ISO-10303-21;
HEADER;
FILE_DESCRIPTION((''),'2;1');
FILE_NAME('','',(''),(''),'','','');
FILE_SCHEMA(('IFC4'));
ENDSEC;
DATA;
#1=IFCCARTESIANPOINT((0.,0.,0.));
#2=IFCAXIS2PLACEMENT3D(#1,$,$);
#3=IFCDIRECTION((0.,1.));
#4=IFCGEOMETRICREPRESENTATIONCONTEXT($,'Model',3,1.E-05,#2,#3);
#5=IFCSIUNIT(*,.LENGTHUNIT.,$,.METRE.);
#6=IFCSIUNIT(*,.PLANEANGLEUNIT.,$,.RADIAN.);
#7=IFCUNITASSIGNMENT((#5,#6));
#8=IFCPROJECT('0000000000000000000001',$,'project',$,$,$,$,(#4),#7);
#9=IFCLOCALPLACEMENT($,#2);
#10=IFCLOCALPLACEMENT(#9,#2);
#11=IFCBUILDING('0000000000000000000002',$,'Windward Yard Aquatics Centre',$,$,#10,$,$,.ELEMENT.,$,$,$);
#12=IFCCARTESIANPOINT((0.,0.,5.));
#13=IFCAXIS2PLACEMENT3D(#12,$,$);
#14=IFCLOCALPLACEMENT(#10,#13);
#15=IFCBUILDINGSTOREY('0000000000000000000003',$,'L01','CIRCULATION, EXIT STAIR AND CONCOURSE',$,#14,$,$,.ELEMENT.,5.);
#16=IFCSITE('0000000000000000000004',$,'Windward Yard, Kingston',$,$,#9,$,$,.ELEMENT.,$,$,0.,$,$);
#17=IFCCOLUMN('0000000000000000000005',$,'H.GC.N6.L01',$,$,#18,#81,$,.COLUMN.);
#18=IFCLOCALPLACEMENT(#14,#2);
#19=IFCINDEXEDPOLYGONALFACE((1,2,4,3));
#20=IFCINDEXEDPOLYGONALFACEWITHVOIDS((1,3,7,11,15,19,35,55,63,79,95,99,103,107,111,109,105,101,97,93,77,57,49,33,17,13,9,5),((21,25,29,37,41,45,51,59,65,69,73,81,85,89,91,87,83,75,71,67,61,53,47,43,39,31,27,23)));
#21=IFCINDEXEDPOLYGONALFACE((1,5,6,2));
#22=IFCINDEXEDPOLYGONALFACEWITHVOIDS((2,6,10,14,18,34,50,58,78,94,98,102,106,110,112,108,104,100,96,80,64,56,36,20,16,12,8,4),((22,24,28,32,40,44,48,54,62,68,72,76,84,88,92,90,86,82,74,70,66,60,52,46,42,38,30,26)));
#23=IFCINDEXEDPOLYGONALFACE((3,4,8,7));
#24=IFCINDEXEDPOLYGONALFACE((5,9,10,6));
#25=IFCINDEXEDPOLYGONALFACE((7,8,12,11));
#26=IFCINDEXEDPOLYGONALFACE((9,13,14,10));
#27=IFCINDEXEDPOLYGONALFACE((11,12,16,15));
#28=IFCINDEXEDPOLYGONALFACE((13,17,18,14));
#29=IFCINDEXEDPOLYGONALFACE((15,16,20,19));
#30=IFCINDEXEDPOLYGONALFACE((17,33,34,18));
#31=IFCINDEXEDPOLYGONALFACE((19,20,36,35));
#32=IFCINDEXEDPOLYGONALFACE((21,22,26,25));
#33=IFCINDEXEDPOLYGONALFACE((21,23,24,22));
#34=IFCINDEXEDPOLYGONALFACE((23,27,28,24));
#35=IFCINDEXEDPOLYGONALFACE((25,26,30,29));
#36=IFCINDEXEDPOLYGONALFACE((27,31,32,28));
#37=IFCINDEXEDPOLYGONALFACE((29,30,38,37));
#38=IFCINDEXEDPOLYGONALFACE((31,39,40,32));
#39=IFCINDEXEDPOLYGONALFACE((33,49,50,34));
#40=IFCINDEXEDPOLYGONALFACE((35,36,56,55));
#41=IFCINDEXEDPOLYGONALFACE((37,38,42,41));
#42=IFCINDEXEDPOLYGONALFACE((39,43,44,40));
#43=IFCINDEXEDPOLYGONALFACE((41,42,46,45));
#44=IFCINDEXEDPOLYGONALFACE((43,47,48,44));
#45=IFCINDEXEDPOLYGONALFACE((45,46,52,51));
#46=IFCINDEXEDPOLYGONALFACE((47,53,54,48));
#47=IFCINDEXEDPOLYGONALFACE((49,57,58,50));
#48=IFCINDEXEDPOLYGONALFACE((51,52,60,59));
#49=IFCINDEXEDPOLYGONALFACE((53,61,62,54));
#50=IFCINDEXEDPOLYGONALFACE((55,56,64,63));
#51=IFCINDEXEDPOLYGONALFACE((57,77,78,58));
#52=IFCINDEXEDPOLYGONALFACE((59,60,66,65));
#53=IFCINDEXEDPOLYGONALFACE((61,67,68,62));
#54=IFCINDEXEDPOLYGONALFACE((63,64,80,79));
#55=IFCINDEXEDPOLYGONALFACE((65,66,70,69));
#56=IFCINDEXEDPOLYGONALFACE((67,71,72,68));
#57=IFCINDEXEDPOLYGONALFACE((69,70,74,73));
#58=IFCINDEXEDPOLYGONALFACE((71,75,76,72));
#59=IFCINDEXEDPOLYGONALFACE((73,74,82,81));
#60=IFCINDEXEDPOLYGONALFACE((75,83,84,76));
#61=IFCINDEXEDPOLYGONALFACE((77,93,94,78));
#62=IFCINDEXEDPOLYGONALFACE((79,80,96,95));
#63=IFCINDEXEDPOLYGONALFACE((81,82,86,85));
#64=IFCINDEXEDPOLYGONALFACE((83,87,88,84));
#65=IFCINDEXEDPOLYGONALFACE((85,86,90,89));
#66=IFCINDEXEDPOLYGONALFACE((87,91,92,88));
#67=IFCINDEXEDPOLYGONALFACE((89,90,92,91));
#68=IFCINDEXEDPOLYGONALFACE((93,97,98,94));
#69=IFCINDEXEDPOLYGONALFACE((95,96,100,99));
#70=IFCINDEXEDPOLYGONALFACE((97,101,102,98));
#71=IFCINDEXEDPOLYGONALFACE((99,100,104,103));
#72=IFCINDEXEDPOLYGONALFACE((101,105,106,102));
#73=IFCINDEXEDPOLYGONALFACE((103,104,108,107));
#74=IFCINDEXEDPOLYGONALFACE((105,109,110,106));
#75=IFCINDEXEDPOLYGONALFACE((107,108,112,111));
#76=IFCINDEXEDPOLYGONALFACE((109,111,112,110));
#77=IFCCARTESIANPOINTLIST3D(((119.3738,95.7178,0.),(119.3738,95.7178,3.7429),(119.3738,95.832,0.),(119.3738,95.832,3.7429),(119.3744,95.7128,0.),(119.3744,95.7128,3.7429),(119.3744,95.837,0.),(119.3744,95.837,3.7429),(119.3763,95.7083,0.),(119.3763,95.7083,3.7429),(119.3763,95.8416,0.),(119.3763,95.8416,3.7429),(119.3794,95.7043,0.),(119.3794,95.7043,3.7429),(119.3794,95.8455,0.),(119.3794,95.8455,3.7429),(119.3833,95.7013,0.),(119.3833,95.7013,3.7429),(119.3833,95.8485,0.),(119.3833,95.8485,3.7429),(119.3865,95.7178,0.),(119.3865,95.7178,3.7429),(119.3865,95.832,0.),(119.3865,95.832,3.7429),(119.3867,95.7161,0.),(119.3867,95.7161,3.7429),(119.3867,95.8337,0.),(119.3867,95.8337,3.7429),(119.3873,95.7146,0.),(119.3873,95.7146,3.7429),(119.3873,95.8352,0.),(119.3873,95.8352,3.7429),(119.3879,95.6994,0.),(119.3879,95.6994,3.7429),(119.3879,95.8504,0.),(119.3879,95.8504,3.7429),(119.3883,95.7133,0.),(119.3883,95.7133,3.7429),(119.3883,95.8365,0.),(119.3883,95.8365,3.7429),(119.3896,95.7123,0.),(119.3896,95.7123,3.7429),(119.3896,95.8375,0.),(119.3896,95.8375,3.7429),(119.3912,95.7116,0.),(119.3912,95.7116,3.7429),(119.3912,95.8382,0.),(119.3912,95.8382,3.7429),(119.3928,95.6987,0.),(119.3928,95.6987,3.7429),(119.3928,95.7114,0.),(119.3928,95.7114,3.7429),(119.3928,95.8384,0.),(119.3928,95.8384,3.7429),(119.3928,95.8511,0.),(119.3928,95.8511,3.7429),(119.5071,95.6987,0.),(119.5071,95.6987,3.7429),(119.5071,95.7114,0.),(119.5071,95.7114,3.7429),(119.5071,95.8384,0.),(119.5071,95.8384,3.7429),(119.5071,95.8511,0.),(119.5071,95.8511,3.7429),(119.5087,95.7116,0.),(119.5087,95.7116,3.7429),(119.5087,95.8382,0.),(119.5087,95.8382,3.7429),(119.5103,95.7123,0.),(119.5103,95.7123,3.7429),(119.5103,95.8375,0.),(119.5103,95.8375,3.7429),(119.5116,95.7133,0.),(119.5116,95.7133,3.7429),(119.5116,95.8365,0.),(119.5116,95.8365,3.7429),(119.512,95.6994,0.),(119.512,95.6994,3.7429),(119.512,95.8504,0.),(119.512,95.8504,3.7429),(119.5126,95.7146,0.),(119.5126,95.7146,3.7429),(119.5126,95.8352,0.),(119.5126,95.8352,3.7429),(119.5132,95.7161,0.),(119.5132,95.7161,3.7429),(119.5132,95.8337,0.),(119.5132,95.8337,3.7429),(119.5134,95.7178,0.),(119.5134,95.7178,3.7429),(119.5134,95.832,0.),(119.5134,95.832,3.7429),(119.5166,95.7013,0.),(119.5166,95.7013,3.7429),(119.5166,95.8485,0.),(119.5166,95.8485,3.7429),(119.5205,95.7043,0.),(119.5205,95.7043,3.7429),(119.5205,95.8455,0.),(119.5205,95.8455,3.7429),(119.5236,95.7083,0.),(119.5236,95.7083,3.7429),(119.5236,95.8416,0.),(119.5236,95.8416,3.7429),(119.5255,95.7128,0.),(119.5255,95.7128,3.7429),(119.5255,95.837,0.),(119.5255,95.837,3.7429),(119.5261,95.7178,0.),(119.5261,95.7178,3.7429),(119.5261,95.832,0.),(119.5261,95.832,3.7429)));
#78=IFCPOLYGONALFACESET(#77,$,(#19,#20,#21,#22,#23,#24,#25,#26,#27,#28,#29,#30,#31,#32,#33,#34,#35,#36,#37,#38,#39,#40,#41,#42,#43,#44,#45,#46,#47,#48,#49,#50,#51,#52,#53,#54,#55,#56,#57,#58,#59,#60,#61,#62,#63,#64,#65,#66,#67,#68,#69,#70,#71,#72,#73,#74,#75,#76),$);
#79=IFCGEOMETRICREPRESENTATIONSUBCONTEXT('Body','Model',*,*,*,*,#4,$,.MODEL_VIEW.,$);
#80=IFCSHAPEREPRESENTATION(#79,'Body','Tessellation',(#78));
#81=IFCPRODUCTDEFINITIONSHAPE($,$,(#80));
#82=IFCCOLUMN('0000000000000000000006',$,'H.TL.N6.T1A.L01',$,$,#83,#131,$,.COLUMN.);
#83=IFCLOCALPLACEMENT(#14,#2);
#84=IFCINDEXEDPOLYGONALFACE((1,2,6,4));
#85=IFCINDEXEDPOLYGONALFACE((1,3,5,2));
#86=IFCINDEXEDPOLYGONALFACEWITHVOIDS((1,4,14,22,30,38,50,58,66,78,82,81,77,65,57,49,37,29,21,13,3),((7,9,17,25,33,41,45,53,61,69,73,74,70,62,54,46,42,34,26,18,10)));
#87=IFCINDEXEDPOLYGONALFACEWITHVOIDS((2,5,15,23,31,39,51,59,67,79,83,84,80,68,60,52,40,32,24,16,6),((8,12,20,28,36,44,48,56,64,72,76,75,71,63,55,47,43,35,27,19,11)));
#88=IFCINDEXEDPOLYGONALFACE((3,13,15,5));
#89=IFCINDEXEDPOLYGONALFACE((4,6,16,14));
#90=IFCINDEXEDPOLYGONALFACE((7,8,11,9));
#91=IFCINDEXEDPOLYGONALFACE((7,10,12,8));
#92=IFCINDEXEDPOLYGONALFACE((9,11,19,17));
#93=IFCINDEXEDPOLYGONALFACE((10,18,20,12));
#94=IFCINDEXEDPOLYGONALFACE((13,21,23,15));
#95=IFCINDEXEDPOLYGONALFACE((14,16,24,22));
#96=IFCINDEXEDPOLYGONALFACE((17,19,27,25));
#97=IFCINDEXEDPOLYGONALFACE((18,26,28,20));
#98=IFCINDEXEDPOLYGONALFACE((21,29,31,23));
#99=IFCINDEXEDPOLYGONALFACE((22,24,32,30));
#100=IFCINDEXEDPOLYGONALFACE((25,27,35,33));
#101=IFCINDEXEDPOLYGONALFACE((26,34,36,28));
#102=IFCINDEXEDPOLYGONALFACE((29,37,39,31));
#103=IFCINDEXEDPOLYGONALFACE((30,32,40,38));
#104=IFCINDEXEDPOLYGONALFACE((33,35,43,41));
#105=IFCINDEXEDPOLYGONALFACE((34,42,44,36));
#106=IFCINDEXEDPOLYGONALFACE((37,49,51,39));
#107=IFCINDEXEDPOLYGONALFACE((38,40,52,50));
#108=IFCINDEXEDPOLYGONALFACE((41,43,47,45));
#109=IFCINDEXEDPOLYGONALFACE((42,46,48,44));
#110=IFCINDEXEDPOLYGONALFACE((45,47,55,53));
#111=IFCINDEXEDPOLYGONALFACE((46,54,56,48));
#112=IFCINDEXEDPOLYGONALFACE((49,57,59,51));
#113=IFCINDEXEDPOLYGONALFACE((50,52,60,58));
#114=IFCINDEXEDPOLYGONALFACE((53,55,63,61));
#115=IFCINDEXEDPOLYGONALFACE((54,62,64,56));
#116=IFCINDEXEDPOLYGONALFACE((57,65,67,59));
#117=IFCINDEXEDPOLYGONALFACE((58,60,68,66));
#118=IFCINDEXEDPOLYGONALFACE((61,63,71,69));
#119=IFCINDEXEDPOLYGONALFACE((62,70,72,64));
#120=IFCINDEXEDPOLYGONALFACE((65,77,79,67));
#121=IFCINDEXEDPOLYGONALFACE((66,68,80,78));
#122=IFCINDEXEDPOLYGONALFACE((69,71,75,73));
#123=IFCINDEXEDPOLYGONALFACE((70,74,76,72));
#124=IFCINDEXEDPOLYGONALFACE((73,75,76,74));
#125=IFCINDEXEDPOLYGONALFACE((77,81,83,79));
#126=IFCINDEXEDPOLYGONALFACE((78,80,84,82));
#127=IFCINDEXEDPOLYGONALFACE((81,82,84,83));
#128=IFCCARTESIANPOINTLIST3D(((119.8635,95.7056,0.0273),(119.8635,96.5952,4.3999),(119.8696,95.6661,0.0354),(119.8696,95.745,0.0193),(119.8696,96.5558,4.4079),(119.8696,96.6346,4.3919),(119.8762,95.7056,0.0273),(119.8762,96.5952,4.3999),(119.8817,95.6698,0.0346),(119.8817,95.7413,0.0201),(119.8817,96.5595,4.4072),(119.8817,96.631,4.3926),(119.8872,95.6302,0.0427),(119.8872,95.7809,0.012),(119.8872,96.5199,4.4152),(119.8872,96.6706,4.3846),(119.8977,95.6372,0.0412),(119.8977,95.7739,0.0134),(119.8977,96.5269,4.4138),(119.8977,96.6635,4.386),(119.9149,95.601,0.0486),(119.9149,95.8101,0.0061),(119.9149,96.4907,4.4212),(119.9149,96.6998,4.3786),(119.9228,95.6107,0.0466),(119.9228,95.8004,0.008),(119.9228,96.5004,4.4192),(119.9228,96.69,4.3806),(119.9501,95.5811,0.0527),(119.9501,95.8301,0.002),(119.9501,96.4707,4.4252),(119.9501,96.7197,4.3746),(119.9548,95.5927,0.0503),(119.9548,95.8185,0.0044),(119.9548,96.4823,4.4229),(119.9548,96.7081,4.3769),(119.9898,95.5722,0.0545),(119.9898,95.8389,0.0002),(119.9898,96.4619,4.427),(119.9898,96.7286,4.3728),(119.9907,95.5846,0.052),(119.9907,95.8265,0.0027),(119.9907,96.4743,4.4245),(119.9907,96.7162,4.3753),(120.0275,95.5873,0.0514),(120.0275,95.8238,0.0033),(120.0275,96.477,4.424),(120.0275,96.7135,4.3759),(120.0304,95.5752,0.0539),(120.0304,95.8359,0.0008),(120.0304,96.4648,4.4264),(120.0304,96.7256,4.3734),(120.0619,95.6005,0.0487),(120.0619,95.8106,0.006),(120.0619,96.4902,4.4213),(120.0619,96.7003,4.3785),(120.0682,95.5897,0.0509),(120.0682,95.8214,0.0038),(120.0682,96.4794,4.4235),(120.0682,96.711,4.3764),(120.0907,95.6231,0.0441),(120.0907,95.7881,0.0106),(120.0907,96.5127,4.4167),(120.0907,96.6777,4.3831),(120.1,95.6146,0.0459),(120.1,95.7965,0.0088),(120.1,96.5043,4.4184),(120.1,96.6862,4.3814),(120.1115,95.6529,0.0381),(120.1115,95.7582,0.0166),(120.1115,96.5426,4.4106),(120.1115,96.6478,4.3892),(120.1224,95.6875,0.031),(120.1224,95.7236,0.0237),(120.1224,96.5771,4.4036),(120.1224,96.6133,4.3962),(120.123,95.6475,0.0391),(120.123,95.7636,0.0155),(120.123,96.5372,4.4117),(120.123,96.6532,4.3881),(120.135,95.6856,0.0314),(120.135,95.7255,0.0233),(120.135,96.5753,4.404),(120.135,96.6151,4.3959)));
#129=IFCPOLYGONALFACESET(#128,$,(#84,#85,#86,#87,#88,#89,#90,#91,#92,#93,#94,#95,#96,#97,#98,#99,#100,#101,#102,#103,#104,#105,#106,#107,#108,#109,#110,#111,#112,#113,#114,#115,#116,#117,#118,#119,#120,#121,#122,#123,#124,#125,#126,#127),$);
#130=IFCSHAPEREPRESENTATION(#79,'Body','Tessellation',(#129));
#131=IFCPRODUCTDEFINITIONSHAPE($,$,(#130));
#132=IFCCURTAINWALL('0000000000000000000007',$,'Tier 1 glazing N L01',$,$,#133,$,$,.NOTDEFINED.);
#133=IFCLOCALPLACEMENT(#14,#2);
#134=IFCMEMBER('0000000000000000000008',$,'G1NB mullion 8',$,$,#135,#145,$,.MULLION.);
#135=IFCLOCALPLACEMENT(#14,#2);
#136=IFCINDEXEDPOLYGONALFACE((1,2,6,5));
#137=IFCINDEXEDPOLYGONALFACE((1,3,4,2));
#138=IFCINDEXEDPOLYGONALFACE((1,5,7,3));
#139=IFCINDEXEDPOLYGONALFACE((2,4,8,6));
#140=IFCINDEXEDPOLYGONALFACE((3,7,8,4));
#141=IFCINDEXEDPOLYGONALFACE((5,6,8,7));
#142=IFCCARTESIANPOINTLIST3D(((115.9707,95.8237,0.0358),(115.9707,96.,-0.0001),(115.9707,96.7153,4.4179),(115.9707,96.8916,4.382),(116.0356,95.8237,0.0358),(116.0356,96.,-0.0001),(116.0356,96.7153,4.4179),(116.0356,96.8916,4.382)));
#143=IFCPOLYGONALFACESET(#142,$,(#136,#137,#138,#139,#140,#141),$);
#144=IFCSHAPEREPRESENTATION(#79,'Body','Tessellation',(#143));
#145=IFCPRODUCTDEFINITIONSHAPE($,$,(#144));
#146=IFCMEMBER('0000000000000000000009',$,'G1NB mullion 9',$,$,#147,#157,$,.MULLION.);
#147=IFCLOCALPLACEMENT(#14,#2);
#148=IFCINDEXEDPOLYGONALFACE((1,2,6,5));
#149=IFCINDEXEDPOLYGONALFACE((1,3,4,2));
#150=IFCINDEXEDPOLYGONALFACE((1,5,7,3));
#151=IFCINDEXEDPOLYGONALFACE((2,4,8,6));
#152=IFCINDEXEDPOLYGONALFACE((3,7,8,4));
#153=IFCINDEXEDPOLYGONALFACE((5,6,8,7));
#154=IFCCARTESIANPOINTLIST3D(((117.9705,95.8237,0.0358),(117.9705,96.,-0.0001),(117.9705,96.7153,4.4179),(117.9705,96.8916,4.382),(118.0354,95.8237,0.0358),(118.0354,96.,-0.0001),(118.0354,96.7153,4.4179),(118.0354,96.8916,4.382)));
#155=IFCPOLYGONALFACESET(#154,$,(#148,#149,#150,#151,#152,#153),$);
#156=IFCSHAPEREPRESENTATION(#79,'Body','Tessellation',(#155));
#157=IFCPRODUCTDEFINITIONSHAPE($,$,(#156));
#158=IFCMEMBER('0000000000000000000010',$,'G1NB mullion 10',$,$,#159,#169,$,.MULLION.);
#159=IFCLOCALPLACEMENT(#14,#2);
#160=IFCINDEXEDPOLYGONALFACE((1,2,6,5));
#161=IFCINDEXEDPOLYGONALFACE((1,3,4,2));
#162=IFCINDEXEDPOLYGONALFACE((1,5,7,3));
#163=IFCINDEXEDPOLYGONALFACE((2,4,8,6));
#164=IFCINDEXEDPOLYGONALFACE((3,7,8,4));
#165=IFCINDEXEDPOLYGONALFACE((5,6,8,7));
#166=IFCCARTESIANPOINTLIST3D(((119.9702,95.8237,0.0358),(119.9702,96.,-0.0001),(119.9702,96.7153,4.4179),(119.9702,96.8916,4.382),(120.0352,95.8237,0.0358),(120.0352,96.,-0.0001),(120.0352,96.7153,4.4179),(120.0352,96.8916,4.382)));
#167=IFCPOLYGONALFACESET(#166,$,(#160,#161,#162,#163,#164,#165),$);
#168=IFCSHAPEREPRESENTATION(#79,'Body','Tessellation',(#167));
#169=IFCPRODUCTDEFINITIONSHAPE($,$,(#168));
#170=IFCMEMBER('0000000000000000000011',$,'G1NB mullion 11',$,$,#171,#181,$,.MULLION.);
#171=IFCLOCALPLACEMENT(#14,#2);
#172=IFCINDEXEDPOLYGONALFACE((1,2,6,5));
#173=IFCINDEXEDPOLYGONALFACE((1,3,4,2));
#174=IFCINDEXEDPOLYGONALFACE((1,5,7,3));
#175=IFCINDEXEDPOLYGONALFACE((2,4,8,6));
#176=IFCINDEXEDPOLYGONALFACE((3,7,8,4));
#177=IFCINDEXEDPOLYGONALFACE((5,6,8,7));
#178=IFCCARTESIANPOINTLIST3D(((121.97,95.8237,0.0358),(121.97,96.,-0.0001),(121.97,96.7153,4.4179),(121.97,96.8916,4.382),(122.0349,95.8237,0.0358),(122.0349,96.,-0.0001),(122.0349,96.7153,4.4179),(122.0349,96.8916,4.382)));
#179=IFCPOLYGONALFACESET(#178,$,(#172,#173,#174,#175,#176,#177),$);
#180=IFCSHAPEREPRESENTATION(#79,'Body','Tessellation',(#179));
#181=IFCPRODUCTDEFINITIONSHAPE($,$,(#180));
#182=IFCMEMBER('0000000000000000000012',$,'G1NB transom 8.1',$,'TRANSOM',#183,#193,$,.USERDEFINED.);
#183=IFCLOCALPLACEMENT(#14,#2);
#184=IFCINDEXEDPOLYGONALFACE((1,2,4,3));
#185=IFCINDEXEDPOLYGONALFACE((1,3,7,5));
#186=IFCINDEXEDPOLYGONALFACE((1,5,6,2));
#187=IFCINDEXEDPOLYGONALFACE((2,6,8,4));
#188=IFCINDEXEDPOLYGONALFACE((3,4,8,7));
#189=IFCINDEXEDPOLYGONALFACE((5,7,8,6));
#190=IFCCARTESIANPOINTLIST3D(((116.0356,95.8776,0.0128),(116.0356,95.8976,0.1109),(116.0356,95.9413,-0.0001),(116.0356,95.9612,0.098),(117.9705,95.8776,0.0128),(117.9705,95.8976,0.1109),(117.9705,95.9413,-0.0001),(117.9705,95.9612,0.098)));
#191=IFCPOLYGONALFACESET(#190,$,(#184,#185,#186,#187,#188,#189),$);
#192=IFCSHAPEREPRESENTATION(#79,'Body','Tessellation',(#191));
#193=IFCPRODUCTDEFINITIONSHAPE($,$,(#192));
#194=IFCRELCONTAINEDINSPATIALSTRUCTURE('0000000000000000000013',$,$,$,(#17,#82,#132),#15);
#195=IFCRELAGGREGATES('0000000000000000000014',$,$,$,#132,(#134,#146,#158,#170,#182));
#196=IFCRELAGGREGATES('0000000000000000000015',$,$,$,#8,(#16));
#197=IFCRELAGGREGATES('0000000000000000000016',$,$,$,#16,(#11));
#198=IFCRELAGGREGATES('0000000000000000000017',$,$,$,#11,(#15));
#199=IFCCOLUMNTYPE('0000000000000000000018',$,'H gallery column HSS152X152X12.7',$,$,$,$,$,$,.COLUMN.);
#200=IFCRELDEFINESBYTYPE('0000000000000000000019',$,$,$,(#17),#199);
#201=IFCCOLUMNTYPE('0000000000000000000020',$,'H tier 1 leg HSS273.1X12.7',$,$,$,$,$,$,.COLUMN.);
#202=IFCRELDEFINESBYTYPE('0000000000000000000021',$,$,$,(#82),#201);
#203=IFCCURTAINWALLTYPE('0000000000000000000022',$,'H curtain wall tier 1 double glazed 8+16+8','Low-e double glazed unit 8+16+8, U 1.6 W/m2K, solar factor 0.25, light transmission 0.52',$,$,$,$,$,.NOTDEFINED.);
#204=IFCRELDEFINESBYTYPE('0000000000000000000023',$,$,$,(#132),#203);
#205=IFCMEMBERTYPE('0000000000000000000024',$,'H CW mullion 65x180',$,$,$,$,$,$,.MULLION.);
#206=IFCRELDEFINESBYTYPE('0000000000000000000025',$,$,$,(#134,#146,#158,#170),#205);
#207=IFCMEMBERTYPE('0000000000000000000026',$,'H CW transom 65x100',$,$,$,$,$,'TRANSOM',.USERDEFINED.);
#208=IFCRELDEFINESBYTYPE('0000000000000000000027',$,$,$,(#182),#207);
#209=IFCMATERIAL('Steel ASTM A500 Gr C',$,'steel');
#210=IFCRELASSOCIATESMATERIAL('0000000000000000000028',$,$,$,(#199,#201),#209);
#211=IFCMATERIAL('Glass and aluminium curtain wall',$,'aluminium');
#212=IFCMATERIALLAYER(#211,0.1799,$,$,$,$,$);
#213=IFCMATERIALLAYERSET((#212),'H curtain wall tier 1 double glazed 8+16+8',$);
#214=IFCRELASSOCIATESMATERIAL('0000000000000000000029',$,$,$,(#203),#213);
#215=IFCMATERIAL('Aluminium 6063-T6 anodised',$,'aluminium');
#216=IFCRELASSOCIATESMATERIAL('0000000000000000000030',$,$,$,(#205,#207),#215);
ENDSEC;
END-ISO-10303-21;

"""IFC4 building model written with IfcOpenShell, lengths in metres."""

from ifc_helpers import new_model, si_unit, direction, frame, origin, origin_2d, place, context, subcontext, project, spatial, rectangle, hollow_rectangle, hollow_circle, extrude, material, layer, layer_set, material_profile, profile_set, type_object, element, aggregate, save


model = new_model("IFC4")

# Units and contexts
model_context = context("Model", 3, precision=1e-05, world=origin(), true_north=direction((0.0, 1.0)))
body_context = subcontext(model_context, "Body", "Model", "MODEL_VIEW")
ifc_project = project(units=[si_unit("LENGTHUNIT", "METRE"), si_unit("PLANEANGLEUNIT", "RADIAN")], contexts=[model_context])

# Site, building, storey
site_placement = place(None, origin())
site = spatial("IfcSite", under=ifc_project, at=site_placement, Name="Windward Yard, Kingston", CompositionType="ELEMENT", RefElevation=0.0)
building_placement = place(site_placement, origin())
building = spatial("IfcBuilding", under=site, at=building_placement, Name="Windward Yard Aquatics Centre", CompositionType="ELEMENT")
storey_placement = place(building_placement, frame((0.0, 0.0, 5.0)))
storey = spatial("IfcBuildingStorey", under=building, at=storey_placement, Name="L01", Description="CIRCULATION, EXIT STAIR AND CONCOURSE", CompositionType="ELEMENT", Elevation=5.0)

# Columns
ifc_material_1 = material(Name="Steel ASTM A500 Gr C", Category="steel")
ifc_material_profile_1 = material_profile(ifc_material_1, hollow_rectangle(XDim=0.1523, YDim=0.1523, WallThickness=0.0127, InnerFilletRadius=0.0063, OuterFilletRadius=0.019, at=origin_2d()), Name="HSS152X152X12.7")
ifc_profile_set_1 = profile_set([ifc_material_profile_1], Name="Steel ASTM A500 Gr C")
column_type_1 = type_object("IfcColumnType", Name="H gallery column HSS152X152X12.7", PredefinedType="COLUMN", material=ifc_profile_set_1)
column_1_placement = place(storey_placement, frame((119.45, 95.7749, 0.0), z_axis=(0.0, 0.0, 1.0), x_axis=(1.0, 0.0, 0.0)))
element("IfcColumn", 1, at=column_1_placement, inside=storey, type_object=column_type_1, Name="H.GC.N6.L01", PredefinedType="COLUMN", context=body_context, shape_type="SweptSolid", body=[
    extrude(hollow_rectangle(XDim=0.1523, YDim=0.1523, WallThickness=0.0127, InnerFilletRadius=0.0063, OuterFilletRadius=0.019, at=origin_2d()), origin(), (0.0, 0.0, 1.0), 3.7429),
])
ifc_material_profile_2 = material_profile(ifc_material_1, hollow_circle(Radius=0.1365, WallThickness=0.0127, at=origin_2d()), Name="HSS273.1X12.7")
ifc_profile_set_2 = profile_set([ifc_material_profile_2], Name="Steel ASTM A500 Gr C")
column_type_2 = type_object("IfcColumnType", Name="H tier 1 leg HSS273.1X12.7", PredefinedType="COLUMN", material=ifc_profile_set_2)
column_2_placement = place(storey_placement, frame((120.0, 95.7056, 0.0273), z_axis=(0.0, 0.199377, 0.979923), x_axis=(-1.0, 0.0, 0.0)))
element("IfcColumn", 2, at=column_2_placement, inside=storey, type_object=column_type_2, Name="H.TL.N6.T1A.L01", PredefinedType="COLUMN", context=body_context, shape_type="SweptSolid", body=[
    extrude(hollow_circle(Radius=0.1365, WallThickness=0.0127, at=origin_2d()), origin(), (0.0, 0.0, 1.0), 4.4622),
])

# Curtain wall, members
ifc_material_2 = material(Name="Glass and aluminium curtain wall", Category="aluminium")
ifc_layer_1 = layer(ifc_material_2, 0.1799)
ifc_layer_set_1 = layer_set([ifc_layer_1], Name="H curtain wall tier 1 double glazed 8+16+8")
curtain_wall_type = type_object("IfcCurtainWallType", Name="H curtain wall tier 1 double glazed 8+16+8", Description="Low-e double glazed unit 8+16+8, U 1.6 W/m2K, solar factor 0.25, light transmission 0.52", PredefinedType="NOTDEFINED", material=ifc_layer_set_1)
curtain_wall_placement = place(storey_placement, origin())
curtain_wall = element("IfcCurtainWall", 3, at=curtain_wall_placement, inside=storey, type_object=curtain_wall_type, Name="Tier 1 glazing N L01", PredefinedType="NOTDEFINED")
ifc_material_3 = material(Name="Aluminium 6063-T6 anodised", Category="aluminium")
ifc_material_profile_3 = material_profile(ifc_material_3, rectangle(XDim=0.0649, YDim=0.1799, at=origin_2d()), Name="H CW mullion 65x180")
ifc_profile_set_3 = profile_set([ifc_material_profile_3], Name="Aluminium 6063-T6 anodised")
member_type_1 = type_object("IfcMemberType", Name="H CW mullion 65x180", PredefinedType="MULLION", material=ifc_profile_set_3)
member_1_placement = place(storey_placement, frame((116.0032, 95.9119, 0.0178), z_axis=(0.0, 0.19938, 0.979922), x_axis=(-1.0, 0.0, 0.0)))
member_1 = element("IfcMember", 4, at=member_1_placement, type_object=member_type_1, Name="G1NB mullion 8", PredefinedType="MULLION", context=body_context, shape_type="SweptSolid", body=[
    extrude(rectangle(XDim=0.0649, YDim=0.1799, at=origin_2d()), origin(), (0.0, 0.0, 1.0), 4.4719),
])
member_2_placement = place(storey_placement, frame((118.0029, 95.9119, 0.0178), z_axis=(0.0, 0.19938, 0.979922), x_axis=(-1.0, 0.0, 0.0)))
member_2 = element("IfcMember", 5, at=member_2_placement, type_object=member_type_1, Name="G1NB mullion 9", PredefinedType="MULLION", context=body_context, shape_type="SweptSolid", body=[
    extrude(rectangle(XDim=0.0649, YDim=0.1799, at=origin_2d()), origin(), (0.0, 0.0, 1.0), 4.4719),
])
member_3_placement = place(storey_placement, frame((120.0027, 95.9119, 0.0178), z_axis=(0.0, 0.19938, 0.979922), x_axis=(-1.0, 0.0, 0.0)))
member_3 = element("IfcMember", 6, at=member_3_placement, type_object=member_type_1, Name="G1NB mullion 10", PredefinedType="MULLION", context=body_context, shape_type="SweptSolid", body=[
    extrude(rectangle(XDim=0.0649, YDim=0.1799, at=origin_2d()), origin(), (0.0, 0.0, 1.0), 4.4719),
])
member_4_placement = place(storey_placement, frame((122.0024, 95.9119, 0.0178), z_axis=(0.0, 0.19938, 0.979922), x_axis=(-1.0, 0.0, 0.0)))
member_4 = element("IfcMember", 7, at=member_4_placement, type_object=member_type_1, Name="G1NB mullion 11", PredefinedType="MULLION", context=body_context, shape_type="SweptSolid", body=[
    extrude(rectangle(XDim=0.0649, YDim=0.1799, at=origin_2d()), origin(), (0.0, 0.0, 1.0), 4.4719),
])
ifc_material_profile_4 = material_profile(ifc_material_3, rectangle(XDim=0.0649, YDim=0.1001, at=origin_2d()), Name="H CW transom 65x100")
ifc_profile_set_4 = profile_set([ifc_material_profile_4], Name="Aluminium 6063-T6 anodised")
member_type_2 = type_object("IfcMemberType", Name="H CW transom 65x100", ElementType="TRANSOM", PredefinedType="USERDEFINED", material=ifc_profile_set_4)
member_5_placement = place(storey_placement, frame((116.0356, 95.9194, 0.0554), z_axis=(1.0, 0.0, 0.0), x_axis=(0.0, -0.979925, 0.199368)))
member_5 = element("IfcMember", 8, at=member_5_placement, type_object=member_type_2, Name="G1NB transom 8.1", ObjectType="TRANSOM", PredefinedType="USERDEFINED", context=body_context, shape_type="SweptSolid", body=[
    extrude(rectangle(XDim=0.0649, YDim=0.1001, at=origin_2d()), origin(), (0.0, 0.0, 1.0), 1.9348),
])
aggregate(curtain_wall, [member_1, member_2, member_3, member_4, member_5])

save(model, "model.ifc")
